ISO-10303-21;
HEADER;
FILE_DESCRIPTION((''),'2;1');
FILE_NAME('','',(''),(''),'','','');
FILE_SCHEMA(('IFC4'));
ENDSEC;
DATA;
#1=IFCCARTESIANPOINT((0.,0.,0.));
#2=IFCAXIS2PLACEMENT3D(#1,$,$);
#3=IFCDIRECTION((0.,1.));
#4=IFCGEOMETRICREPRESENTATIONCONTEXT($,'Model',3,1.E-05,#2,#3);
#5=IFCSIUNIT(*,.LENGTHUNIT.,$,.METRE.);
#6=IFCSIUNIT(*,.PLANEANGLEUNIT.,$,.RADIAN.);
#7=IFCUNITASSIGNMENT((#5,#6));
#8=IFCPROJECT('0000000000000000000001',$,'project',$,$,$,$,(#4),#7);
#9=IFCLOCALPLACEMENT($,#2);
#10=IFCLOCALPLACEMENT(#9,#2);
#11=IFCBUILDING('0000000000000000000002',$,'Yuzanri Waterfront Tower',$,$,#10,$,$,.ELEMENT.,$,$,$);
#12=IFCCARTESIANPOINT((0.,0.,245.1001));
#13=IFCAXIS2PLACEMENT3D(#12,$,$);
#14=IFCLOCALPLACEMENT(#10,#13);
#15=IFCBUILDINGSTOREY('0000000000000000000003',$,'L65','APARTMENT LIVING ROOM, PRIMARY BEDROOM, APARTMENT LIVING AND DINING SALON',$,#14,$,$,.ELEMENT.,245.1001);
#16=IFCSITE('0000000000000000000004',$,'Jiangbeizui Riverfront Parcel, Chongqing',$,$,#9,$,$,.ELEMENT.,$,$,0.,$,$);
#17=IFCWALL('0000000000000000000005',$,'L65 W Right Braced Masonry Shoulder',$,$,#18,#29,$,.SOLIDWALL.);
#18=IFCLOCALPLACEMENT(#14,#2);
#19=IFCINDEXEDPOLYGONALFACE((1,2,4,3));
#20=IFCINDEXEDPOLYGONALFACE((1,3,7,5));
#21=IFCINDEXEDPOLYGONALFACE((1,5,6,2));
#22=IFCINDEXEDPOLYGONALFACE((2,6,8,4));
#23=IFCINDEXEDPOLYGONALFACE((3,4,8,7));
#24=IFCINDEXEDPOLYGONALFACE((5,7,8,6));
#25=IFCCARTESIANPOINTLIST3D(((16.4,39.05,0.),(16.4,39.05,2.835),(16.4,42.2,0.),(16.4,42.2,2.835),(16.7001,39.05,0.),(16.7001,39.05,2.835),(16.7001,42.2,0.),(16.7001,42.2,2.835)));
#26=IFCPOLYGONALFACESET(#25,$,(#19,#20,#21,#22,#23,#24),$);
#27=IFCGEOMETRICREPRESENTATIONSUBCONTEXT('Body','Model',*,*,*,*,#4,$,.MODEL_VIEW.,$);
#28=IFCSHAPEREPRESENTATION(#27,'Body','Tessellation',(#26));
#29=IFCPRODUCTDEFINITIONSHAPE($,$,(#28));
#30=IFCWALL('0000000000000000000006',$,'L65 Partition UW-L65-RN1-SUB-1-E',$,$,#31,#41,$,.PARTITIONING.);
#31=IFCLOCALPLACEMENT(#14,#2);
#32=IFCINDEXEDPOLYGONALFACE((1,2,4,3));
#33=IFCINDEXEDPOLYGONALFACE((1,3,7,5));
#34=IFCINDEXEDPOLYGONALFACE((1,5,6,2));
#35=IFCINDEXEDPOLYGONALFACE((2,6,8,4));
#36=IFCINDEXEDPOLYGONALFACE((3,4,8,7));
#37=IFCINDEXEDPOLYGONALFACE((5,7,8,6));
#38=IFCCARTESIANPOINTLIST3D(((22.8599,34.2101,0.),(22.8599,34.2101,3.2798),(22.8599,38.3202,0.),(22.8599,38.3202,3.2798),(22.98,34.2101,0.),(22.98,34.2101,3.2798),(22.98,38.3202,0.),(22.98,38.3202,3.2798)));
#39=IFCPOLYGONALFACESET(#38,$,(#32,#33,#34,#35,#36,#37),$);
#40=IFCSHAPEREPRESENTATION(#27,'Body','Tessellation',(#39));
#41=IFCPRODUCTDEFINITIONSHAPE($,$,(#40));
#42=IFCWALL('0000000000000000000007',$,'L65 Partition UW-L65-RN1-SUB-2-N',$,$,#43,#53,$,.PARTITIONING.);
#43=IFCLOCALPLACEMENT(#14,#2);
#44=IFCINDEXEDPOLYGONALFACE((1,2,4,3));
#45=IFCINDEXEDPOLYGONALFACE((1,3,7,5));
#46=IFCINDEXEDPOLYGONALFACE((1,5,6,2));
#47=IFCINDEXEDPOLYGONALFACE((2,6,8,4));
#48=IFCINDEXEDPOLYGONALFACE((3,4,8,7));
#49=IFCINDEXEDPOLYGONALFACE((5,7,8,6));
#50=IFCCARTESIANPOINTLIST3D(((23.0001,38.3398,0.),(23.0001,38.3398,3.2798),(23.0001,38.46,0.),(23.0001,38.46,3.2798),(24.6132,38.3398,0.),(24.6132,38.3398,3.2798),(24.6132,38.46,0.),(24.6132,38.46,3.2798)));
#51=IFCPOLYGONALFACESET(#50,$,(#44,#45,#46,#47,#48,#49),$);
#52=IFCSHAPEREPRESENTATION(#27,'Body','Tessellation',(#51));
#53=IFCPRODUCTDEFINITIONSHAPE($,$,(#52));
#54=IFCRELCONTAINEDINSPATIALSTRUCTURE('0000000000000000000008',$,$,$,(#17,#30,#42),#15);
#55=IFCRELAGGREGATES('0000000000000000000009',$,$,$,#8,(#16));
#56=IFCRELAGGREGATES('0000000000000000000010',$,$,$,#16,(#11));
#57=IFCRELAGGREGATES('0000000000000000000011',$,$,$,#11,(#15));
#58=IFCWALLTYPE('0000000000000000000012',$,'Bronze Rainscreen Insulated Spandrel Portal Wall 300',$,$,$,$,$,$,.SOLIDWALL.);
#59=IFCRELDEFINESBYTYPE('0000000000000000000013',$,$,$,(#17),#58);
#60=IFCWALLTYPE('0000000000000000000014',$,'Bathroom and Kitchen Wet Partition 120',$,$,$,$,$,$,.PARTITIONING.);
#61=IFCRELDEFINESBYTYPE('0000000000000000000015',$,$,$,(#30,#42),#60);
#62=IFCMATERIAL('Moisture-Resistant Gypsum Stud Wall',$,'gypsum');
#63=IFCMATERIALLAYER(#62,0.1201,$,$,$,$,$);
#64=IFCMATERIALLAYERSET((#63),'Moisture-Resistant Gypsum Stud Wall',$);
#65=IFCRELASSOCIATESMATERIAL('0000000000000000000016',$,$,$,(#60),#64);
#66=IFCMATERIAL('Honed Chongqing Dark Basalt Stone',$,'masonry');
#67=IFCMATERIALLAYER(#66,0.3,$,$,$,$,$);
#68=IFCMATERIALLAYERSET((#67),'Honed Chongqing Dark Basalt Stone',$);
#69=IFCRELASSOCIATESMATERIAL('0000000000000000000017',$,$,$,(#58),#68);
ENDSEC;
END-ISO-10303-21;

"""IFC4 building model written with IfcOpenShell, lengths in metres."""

from ifc_helpers import new_model, si_unit, direction, frame, frame_2d, origin, place, context, subcontext, project, spatial, rectangle, extrude, source, transform, mapped, material, layer, layer_set, type_object, element, save


model = new_model("IFC4")

# Units and contexts
model_context = context("Model", 3, precision=1e-05, world=origin(), true_north=direction((0.0, 1.0)))
body_context = subcontext(model_context, "Body", "Model", "MODEL_VIEW")
ifc_project = project(units=[si_unit("LENGTHUNIT", "METRE"), si_unit("PLANEANGLEUNIT", "RADIAN")], contexts=[model_context])

# Site, building, storey
site_placement = place(None, origin())
site = spatial("IfcSite", under=ifc_project, at=site_placement, Name="Jiangbeizui Riverfront Parcel, Chongqing", CompositionType="ELEMENT", RefElevation=0.0)
building_placement = place(site_placement, origin())
building = spatial("IfcBuilding", under=site, at=building_placement, Name="Yuzanri Waterfront Tower", CompositionType="ELEMENT")
storey_placement = place(building_placement, frame((0.0, 0.0, 245.1001)))
storey = spatial("IfcBuildingStorey", under=building, at=storey_placement, Name="L65", Description="APARTMENT LIVING ROOM, PRIMARY BEDROOM, APARTMENT LIVING AND DINING SALON", CompositionType="ELEMENT", Elevation=245.1001)

# Shared definitions
ifc_material_1 = material(Name="Moisture-Resistant Gypsum Stud Wall", Category="gypsum")
ifc_layer_1 = layer(ifc_material_1, 0.1201)
ifc_layer_set_1 = layer_set([ifc_layer_1], Name="Moisture-Resistant Gypsum Stud Wall")
wall_type_1 = type_object("IfcWallType", Name="Bathroom and Kitchen Wet Partition 120", PredefinedType="PARTITIONING", material=ifc_layer_set_1)

# Shared definitions
ifc_material_2 = material(Name="Honed Chongqing Dark Basalt Stone", Category="masonry")
ifc_layer_2 = layer(ifc_material_2, 0.3)
ifc_layer_set_2 = layer_set([ifc_layer_2], Name="Honed Chongqing Dark Basalt Stone")
wall_type_2 = type_object("IfcWallType", Name="Bronze Rainscreen Insulated Spandrel Portal Wall 300", PredefinedType="SOLIDWALL", material=ifc_layer_set_2)

# Walls
shared_shape_1 = source(origin(), body_context, "Body", "SweptSolid", [
    extrude(rectangle(XDim=3.1499, YDim=0.3, at=frame_2d((1.575, 0.0))), origin(), (0.0, 0.0, 1.0), 2.835),
])
for number, where, z_axis, x_axis, name in (
    (1, (16.55, 39.05, 0.0), (0.0, 0.0, 1.0), (0.0, 1.0, 0.0), "L65 W Right Braced Masonry Shoulder"),
):
    element("IfcWall", number, at=place(storey_placement, frame(where, z_axis=z_axis, x_axis=x_axis)), inside=storey, type_object=wall_type_2, Name=name, PredefinedType="SOLIDWALL", context=body_context, shape_type="MappedRepresentation", body=[
        mapped(shared_shape_1, transform((0.0, 0.0, 0.0), scale=1.0)),
    ])
shared_shape_2 = source(origin(), body_context, "Body", "SweptSolid", [
    extrude(rectangle(XDim=4.1101, YDim=0.1201, at=frame_2d((2.0552, 0.0))), origin(), (0.0, 0.0, 1.0), 3.2798),
])
wall_1_placement = place(storey_placement, frame((22.9199, 34.21, 0.0), z_axis=(0.0, 0.0, 1.0), x_axis=(0.0, 1.0, 0.0)))
element("IfcWall", 2, at=wall_1_placement, inside=storey, type_object=wall_type_1, Name="L65 Partition UW-L65-RN1-SUB-1-E", PredefinedType="PARTITIONING", context=body_context, shape_type="MappedRepresentation", body=[
    mapped(shared_shape_2, transform((0.0, 0.0, 0.0), scale=1.0)),
])
shared_shape_3 = source(origin(), body_context, "Body", "SweptSolid", [
    extrude(rectangle(XDim=1.613, YDim=0.1201, at=frame_2d((0.8066, 0.0))), origin(), (0.0, 0.0, 1.0), 3.2798),
])
wall_2_placement = place(storey_placement, frame((23.0, 38.3999, 0.0), z_axis=(0.0, 0.0, 1.0), x_axis=(1.0, 0.0, 0.0)))
element("IfcWall", 3, at=wall_2_placement, inside=storey, type_object=wall_type_1, Name="L65 Partition UW-L65-RN1-SUB-2-N", PredefinedType="PARTITIONING", context=body_context, shape_type="MappedRepresentation", body=[
    mapped(shared_shape_3, transform((0.0, 0.0, 0.0), scale=1.0)),
])

save(model, "model.ifc")
